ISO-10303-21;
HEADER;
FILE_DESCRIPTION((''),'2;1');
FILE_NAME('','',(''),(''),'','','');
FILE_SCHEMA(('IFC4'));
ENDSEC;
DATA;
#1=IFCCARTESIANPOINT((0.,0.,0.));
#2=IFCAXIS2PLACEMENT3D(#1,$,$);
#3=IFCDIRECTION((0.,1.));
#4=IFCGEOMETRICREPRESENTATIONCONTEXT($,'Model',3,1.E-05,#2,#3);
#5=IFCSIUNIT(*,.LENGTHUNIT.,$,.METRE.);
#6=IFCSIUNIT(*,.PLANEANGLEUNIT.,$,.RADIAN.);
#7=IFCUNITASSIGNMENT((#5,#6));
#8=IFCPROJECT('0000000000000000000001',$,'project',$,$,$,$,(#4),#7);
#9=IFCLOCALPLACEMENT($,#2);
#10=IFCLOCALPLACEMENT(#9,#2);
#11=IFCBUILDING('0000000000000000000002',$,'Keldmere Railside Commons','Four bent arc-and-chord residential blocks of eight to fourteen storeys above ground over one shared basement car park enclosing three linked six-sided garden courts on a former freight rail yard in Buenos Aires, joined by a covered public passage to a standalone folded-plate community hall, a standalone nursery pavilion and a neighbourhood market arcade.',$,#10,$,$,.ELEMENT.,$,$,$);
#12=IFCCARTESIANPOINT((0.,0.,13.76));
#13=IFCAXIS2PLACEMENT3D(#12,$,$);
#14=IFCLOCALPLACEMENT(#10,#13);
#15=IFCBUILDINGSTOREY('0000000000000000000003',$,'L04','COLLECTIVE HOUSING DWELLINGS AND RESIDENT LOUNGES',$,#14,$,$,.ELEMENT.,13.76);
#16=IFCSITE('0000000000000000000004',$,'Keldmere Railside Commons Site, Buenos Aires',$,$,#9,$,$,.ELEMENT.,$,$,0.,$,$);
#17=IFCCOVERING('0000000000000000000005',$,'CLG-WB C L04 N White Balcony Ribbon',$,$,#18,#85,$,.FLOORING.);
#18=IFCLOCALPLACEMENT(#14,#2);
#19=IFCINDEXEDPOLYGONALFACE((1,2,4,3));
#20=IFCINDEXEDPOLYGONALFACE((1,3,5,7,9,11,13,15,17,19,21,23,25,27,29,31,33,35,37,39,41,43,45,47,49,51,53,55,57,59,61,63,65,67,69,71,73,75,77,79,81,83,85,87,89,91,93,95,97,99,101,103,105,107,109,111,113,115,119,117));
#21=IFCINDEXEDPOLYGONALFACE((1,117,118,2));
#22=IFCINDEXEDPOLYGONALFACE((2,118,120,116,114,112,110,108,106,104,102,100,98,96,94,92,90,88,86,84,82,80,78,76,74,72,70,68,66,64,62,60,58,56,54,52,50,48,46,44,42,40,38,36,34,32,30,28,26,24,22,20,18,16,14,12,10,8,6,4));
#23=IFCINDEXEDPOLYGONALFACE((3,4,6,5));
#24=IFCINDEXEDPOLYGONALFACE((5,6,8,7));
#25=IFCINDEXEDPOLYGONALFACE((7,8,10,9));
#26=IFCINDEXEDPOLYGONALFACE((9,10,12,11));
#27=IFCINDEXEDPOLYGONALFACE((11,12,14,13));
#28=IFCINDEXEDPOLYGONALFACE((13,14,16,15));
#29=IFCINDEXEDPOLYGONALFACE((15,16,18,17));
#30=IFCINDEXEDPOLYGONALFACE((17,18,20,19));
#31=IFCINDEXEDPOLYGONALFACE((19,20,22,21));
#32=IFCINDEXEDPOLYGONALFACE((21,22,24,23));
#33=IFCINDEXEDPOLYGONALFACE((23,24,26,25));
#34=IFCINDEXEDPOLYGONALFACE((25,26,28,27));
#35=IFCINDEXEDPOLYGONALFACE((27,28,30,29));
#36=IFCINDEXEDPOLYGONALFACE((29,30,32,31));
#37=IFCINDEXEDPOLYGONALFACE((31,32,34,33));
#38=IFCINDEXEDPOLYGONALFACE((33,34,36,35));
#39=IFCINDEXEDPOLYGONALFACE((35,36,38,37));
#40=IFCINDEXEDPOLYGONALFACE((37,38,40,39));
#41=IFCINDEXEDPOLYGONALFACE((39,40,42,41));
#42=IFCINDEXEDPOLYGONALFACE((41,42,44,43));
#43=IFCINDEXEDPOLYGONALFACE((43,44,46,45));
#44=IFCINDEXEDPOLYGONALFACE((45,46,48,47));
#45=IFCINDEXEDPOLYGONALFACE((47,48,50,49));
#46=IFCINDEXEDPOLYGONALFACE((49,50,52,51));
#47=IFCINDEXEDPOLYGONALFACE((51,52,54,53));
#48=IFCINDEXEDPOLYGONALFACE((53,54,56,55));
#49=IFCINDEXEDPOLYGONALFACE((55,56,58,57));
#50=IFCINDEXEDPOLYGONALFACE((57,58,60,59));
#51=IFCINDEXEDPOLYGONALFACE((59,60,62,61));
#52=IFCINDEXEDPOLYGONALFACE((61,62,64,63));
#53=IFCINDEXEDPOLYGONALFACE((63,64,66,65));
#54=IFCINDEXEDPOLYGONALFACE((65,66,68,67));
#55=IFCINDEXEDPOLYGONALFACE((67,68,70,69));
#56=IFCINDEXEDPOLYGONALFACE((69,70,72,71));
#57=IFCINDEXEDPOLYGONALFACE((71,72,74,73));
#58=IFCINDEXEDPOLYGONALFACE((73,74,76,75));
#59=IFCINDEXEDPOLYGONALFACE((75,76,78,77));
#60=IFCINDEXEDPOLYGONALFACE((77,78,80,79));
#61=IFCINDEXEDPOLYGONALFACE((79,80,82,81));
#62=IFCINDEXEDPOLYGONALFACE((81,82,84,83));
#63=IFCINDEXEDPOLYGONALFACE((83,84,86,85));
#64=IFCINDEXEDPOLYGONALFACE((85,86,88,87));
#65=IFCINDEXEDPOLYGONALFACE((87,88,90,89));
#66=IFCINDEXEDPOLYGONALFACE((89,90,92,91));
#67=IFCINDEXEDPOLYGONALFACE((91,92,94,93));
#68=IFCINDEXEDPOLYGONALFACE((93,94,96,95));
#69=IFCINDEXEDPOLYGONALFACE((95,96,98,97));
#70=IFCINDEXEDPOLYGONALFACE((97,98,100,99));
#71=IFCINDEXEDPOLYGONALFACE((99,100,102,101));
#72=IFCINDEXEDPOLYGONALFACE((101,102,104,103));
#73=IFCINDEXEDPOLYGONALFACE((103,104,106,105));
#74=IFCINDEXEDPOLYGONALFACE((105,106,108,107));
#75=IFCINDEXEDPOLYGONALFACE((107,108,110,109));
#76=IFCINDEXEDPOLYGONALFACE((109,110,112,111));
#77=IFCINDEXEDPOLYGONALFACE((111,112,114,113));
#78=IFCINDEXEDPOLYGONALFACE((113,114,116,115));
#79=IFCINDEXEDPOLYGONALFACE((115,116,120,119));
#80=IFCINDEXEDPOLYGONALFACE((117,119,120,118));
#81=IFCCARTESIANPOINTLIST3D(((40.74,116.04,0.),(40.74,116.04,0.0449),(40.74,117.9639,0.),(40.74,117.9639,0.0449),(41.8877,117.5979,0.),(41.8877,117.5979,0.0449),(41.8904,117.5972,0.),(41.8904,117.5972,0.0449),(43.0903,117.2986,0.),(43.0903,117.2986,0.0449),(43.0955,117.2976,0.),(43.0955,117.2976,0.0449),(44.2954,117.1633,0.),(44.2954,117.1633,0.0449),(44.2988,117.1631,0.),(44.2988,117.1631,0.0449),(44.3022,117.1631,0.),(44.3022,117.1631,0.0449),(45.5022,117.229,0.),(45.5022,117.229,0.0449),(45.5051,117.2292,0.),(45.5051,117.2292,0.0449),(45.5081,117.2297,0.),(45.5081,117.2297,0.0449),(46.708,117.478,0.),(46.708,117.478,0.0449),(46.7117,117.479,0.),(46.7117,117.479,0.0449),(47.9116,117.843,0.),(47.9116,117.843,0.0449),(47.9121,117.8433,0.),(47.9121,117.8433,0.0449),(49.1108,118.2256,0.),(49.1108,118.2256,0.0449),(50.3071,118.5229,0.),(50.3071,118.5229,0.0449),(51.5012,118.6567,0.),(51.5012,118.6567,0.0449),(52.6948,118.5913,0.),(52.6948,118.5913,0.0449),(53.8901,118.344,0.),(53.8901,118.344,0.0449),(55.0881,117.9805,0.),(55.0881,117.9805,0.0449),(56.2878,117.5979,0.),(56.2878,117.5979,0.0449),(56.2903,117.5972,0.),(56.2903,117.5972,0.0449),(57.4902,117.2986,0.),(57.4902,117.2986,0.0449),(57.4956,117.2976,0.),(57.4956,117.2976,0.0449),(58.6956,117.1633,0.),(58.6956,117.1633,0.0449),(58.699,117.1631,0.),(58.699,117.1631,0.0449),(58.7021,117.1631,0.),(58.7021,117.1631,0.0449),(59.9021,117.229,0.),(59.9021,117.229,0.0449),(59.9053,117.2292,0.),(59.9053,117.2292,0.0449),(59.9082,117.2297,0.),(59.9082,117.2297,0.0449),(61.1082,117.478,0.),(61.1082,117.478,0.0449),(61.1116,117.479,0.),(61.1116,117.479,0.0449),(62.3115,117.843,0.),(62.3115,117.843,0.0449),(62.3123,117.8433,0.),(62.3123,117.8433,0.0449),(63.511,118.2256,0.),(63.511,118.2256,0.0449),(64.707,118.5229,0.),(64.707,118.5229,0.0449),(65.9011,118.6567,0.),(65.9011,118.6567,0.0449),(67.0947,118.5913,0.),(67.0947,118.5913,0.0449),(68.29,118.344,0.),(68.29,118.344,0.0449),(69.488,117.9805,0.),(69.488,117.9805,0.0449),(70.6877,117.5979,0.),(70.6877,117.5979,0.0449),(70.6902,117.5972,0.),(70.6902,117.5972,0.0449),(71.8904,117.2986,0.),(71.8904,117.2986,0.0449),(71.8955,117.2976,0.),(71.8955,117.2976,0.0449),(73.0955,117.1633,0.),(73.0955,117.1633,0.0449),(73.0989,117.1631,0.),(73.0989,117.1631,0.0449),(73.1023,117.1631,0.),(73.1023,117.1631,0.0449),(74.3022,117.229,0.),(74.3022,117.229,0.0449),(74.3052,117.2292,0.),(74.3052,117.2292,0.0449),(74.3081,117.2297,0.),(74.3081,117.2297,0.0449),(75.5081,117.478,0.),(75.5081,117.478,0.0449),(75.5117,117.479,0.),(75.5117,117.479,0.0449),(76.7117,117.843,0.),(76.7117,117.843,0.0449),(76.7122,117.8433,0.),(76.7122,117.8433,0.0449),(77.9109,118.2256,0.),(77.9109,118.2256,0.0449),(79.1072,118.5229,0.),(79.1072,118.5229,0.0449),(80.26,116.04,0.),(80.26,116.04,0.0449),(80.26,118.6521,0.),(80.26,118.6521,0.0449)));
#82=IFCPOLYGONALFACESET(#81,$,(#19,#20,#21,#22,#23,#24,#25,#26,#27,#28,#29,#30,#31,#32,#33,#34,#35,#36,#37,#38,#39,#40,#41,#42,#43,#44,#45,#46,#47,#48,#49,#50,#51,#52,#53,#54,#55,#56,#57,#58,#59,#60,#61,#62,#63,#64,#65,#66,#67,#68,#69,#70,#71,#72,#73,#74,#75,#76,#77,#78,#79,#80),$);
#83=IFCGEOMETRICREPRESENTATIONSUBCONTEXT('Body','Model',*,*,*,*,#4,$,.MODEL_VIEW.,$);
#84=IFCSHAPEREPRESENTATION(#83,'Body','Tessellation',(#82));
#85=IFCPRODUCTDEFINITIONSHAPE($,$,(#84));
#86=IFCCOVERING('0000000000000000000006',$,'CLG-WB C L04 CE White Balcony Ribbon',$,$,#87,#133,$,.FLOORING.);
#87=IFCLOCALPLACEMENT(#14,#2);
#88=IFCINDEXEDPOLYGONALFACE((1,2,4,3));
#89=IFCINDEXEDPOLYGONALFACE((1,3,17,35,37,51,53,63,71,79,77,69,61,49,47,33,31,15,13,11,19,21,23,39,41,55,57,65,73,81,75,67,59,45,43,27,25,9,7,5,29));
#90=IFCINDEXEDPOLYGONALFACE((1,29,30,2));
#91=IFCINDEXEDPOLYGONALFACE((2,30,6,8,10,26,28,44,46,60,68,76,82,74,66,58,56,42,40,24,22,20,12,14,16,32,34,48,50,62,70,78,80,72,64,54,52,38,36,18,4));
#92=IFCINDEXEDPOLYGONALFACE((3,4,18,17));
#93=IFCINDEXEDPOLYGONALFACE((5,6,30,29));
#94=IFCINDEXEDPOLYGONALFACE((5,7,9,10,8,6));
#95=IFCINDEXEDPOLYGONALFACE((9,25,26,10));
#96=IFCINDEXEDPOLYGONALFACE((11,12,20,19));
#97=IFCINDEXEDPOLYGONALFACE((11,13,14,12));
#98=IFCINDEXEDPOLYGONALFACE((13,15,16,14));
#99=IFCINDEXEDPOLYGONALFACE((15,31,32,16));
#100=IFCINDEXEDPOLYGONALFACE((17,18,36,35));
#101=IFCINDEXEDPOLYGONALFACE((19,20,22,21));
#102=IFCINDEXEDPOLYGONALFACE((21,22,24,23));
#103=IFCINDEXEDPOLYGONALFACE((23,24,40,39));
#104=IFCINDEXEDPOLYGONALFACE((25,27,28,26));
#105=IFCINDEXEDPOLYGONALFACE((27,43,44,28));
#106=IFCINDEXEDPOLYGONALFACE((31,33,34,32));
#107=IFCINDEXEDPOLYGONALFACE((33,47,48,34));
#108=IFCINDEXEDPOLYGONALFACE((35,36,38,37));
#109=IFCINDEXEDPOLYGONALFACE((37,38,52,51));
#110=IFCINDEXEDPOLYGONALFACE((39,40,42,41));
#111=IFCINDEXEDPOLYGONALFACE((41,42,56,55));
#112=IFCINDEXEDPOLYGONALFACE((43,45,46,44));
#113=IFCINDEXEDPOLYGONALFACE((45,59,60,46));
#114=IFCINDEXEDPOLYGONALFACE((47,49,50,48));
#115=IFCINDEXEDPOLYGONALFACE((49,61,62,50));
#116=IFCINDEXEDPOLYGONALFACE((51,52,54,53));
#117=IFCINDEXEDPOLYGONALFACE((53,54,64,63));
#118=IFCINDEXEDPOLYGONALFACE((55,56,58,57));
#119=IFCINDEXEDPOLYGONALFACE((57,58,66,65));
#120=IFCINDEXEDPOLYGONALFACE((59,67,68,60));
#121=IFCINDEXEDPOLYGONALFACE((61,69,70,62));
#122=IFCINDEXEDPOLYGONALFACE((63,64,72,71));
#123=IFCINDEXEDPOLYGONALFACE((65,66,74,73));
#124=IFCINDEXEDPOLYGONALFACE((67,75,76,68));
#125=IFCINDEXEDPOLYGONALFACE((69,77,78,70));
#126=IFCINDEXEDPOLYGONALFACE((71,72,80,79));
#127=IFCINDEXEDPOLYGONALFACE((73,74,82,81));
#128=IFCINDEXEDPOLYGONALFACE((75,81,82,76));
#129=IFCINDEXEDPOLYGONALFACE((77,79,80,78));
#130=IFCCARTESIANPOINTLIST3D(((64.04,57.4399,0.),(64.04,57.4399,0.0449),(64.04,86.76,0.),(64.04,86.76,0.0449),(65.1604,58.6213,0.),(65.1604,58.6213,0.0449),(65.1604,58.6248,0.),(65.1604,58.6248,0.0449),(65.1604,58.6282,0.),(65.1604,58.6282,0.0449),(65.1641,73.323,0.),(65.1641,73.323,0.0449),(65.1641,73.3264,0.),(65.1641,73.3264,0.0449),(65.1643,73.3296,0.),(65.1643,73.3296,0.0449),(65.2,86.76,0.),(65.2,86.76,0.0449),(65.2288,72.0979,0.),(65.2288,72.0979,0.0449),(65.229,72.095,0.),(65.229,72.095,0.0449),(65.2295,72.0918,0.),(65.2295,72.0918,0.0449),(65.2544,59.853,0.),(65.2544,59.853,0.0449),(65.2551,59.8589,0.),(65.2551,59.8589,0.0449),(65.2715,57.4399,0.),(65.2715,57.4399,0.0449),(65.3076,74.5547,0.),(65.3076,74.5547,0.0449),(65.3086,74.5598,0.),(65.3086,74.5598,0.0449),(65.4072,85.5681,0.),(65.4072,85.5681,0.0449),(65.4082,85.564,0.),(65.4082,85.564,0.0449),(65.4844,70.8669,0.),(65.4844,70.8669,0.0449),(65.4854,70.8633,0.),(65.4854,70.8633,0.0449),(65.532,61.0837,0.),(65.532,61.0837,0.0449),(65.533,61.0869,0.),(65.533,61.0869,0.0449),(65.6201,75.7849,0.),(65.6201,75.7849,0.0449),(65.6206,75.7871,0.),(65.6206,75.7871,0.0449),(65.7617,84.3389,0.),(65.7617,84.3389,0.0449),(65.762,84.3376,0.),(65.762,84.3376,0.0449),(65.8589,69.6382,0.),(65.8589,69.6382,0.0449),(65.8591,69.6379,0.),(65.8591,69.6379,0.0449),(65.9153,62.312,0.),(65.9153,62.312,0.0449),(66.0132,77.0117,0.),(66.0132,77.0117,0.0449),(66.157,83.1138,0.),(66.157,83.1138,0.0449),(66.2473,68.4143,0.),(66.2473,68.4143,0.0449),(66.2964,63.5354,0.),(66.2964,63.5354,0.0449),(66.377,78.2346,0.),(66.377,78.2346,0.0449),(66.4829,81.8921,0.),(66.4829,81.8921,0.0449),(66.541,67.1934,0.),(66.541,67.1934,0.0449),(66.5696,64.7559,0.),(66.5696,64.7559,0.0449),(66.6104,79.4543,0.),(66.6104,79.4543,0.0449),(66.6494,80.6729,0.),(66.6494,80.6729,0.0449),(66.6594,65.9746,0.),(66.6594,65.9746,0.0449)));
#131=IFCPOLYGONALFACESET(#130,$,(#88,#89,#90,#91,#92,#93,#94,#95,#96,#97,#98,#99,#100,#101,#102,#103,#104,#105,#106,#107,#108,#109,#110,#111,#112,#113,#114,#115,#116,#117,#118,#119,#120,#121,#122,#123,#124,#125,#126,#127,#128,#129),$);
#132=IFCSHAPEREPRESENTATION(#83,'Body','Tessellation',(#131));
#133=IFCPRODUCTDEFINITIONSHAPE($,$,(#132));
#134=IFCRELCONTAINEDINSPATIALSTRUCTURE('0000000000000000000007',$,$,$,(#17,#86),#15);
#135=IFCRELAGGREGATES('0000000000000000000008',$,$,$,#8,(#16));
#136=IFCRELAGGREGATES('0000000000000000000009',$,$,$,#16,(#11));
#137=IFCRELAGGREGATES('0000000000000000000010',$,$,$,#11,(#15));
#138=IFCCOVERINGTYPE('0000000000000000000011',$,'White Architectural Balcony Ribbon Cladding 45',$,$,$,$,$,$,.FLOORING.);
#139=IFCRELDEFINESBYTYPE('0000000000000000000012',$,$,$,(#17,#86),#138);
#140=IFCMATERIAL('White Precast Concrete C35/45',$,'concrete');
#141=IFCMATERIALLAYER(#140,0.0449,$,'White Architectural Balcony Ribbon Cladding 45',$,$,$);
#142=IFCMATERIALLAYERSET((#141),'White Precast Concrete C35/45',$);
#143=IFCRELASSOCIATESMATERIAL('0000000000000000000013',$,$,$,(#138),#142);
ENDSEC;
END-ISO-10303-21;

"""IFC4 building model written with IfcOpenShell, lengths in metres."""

from ifc_helpers import new_model, si_unit, direction, frame, origin, place, context, subcontext, project, spatial, polyline, outline, extrude, material, layer, layer_set, type_object, element, save


model = new_model("IFC4")

# Units and contexts
model_context = context("Model", 3, precision=1e-05, world=origin(), true_north=direction((0.0, 1.0)))
body_context = subcontext(model_context, "Body", "Model", "MODEL_VIEW")
ifc_project = project(units=[si_unit("LENGTHUNIT", "METRE"), si_unit("PLANEANGLEUNIT", "RADIAN")], contexts=[model_context])

# Site, building, storey
site_placement = place(None, origin())
site = spatial("IfcSite", under=ifc_project, at=site_placement, Name="Keldmere Railside Commons Site, Buenos Aires", CompositionType="ELEMENT", RefElevation=0.0)
building_placement = place(site_placement, origin())
building = spatial("IfcBuilding", under=site, at=building_placement, Name="Keldmere Railside Commons", Description="Four bent arc-and-chord residential blocks of eight to fourteen storeys above ground over one shared basement car park enclosing three linked six-sided garden courts on a former freight rail yard in Buenos Aires, joined by a covered public passage to a standalone folded-plate community hall, a standalone nursery pavilion and a neighbourhood market arcade.", CompositionType="ELEMENT")
storey_placement = place(building_placement, frame((0.0, 0.0, 13.76)))
storey = spatial("IfcBuildingStorey", under=building, at=storey_placement, Name="L04", Description="COLLECTIVE HOUSING DWELLINGS AND RESIDENT LOUNGES", CompositionType="ELEMENT", Elevation=13.76)

# Coverings
ifc_material_1 = material(Name="White Precast Concrete C35/45", Category="concrete")
ifc_layer_1 = layer(ifc_material_1, 0.0449, Name="White Architectural Balcony Ribbon Cladding 45")
ifc_layer_set_1 = layer_set([ifc_layer_1], Name="White Precast Concrete C35/45")
covering_type_1 = type_object("IfcCoveringType", Name="White Architectural Balcony Ribbon Cladding 45", PredefinedType="FLOORING", material=ifc_layer_set_1)
covering_1_placement = place(storey_placement, origin())
element("IfcCovering", 1, at=covering_1_placement, inside=storey, type_object=covering_type_1, Name="CLG-WB C L04 N White Balcony Ribbon", PredefinedType="FLOORING", context=body_context, shape_type="SweptSolid", body=[
    extrude(outline(polyline([(80.26, 116.04), (80.26, 118.6521), (79.1072, 118.5229), (77.9109, 118.2256), (76.7122, 117.8433), (76.7117, 117.843), (75.5117, 117.479), (75.5081, 117.478), (74.3081, 117.2297), (74.3052, 117.2292), (74.3022, 117.229), (73.1023, 117.1631), (73.0989, 117.1631), (73.0955, 117.1633), (71.8955, 117.2976), (71.8904, 117.2986), (70.6902, 117.5972), (70.6877, 117.5979), (69.488, 117.9805), (68.29, 118.344), (67.0947, 118.5913), (65.9011, 118.6567), (64.707, 118.5229), (63.511, 118.2256), (62.3123, 117.8433), (62.3115, 117.843), (61.1116, 117.479), (61.1082, 117.478), (59.9082, 117.2297), (59.9053, 117.2292), (59.9021, 117.229), (58.7021, 117.1631), (58.699, 117.1631), (58.6956, 117.1633), (57.4956, 117.2976), (57.4902, 117.2986), (56.2903, 117.5972), (56.2878, 117.5979), (55.0881, 117.9805), (53.8901, 118.344), (52.6948, 118.5913), (51.5012, 118.6567), (50.3071, 118.5229), (49.1108, 118.2256), (47.9121, 117.8433), (47.9116, 117.843), (46.7117, 117.479), (46.708, 117.478), (45.5081, 117.2297), (45.5051, 117.2292), (45.5022, 117.229), (44.3022, 117.1631), (44.2988, 117.1631), (44.2954, 117.1633), (43.0955, 117.2976), (43.0903, 117.2986), (41.8904, 117.5972), (41.8877, 117.5979), (40.74, 117.9639), (40.74, 116.04), (80.26, 116.04)])), origin(), (0.0, 0.0, 1.0), 0.0449),
])
covering_2_placement = place(storey_placement, origin())
element("IfcCovering", 2, at=covering_2_placement, inside=storey, type_object=covering_type_1, Name="CLG-WB C L04 CE White Balcony Ribbon", PredefinedType="FLOORING", context=body_context, shape_type="SweptSolid", body=[
    extrude(outline(polyline([(65.1604, 58.6213), (65.1604, 58.6248), (65.1604, 58.6282), (65.2544, 59.853), (65.2551, 59.8589), (65.532, 61.0837), (65.533, 61.0869), (65.9153, 62.312), (66.2964, 63.5354), (66.5696, 64.7559), (66.6594, 65.9746), (66.541, 67.1934), (66.2473, 68.4143), (65.8591, 69.6379), (65.8589, 69.6382), (65.4854, 70.8633), (65.4844, 70.8669), (65.2295, 72.0918), (65.229, 72.095), (65.2288, 72.0979), (65.1641, 73.323), (65.1641, 73.3264), (65.1643, 73.3296), (65.3076, 74.5547), (65.3086, 74.5598), (65.6201, 75.7849), (65.6206, 75.7871), (66.0132, 77.0117), (66.377, 78.2346), (66.6104, 79.4543), (66.6494, 80.6729), (66.4829, 81.8921), (66.157, 83.1138), (65.762, 84.3376), (65.7617, 84.3389), (65.4082, 85.564), (65.4072, 85.5681), (65.2, 86.76), (64.04, 86.76), (64.04, 57.4399), (65.2715, 57.4399), (65.1604, 58.6213)])), origin(), (0.0, 0.0, 1.0), 0.0449),
])

save(model, "model.ifc")
